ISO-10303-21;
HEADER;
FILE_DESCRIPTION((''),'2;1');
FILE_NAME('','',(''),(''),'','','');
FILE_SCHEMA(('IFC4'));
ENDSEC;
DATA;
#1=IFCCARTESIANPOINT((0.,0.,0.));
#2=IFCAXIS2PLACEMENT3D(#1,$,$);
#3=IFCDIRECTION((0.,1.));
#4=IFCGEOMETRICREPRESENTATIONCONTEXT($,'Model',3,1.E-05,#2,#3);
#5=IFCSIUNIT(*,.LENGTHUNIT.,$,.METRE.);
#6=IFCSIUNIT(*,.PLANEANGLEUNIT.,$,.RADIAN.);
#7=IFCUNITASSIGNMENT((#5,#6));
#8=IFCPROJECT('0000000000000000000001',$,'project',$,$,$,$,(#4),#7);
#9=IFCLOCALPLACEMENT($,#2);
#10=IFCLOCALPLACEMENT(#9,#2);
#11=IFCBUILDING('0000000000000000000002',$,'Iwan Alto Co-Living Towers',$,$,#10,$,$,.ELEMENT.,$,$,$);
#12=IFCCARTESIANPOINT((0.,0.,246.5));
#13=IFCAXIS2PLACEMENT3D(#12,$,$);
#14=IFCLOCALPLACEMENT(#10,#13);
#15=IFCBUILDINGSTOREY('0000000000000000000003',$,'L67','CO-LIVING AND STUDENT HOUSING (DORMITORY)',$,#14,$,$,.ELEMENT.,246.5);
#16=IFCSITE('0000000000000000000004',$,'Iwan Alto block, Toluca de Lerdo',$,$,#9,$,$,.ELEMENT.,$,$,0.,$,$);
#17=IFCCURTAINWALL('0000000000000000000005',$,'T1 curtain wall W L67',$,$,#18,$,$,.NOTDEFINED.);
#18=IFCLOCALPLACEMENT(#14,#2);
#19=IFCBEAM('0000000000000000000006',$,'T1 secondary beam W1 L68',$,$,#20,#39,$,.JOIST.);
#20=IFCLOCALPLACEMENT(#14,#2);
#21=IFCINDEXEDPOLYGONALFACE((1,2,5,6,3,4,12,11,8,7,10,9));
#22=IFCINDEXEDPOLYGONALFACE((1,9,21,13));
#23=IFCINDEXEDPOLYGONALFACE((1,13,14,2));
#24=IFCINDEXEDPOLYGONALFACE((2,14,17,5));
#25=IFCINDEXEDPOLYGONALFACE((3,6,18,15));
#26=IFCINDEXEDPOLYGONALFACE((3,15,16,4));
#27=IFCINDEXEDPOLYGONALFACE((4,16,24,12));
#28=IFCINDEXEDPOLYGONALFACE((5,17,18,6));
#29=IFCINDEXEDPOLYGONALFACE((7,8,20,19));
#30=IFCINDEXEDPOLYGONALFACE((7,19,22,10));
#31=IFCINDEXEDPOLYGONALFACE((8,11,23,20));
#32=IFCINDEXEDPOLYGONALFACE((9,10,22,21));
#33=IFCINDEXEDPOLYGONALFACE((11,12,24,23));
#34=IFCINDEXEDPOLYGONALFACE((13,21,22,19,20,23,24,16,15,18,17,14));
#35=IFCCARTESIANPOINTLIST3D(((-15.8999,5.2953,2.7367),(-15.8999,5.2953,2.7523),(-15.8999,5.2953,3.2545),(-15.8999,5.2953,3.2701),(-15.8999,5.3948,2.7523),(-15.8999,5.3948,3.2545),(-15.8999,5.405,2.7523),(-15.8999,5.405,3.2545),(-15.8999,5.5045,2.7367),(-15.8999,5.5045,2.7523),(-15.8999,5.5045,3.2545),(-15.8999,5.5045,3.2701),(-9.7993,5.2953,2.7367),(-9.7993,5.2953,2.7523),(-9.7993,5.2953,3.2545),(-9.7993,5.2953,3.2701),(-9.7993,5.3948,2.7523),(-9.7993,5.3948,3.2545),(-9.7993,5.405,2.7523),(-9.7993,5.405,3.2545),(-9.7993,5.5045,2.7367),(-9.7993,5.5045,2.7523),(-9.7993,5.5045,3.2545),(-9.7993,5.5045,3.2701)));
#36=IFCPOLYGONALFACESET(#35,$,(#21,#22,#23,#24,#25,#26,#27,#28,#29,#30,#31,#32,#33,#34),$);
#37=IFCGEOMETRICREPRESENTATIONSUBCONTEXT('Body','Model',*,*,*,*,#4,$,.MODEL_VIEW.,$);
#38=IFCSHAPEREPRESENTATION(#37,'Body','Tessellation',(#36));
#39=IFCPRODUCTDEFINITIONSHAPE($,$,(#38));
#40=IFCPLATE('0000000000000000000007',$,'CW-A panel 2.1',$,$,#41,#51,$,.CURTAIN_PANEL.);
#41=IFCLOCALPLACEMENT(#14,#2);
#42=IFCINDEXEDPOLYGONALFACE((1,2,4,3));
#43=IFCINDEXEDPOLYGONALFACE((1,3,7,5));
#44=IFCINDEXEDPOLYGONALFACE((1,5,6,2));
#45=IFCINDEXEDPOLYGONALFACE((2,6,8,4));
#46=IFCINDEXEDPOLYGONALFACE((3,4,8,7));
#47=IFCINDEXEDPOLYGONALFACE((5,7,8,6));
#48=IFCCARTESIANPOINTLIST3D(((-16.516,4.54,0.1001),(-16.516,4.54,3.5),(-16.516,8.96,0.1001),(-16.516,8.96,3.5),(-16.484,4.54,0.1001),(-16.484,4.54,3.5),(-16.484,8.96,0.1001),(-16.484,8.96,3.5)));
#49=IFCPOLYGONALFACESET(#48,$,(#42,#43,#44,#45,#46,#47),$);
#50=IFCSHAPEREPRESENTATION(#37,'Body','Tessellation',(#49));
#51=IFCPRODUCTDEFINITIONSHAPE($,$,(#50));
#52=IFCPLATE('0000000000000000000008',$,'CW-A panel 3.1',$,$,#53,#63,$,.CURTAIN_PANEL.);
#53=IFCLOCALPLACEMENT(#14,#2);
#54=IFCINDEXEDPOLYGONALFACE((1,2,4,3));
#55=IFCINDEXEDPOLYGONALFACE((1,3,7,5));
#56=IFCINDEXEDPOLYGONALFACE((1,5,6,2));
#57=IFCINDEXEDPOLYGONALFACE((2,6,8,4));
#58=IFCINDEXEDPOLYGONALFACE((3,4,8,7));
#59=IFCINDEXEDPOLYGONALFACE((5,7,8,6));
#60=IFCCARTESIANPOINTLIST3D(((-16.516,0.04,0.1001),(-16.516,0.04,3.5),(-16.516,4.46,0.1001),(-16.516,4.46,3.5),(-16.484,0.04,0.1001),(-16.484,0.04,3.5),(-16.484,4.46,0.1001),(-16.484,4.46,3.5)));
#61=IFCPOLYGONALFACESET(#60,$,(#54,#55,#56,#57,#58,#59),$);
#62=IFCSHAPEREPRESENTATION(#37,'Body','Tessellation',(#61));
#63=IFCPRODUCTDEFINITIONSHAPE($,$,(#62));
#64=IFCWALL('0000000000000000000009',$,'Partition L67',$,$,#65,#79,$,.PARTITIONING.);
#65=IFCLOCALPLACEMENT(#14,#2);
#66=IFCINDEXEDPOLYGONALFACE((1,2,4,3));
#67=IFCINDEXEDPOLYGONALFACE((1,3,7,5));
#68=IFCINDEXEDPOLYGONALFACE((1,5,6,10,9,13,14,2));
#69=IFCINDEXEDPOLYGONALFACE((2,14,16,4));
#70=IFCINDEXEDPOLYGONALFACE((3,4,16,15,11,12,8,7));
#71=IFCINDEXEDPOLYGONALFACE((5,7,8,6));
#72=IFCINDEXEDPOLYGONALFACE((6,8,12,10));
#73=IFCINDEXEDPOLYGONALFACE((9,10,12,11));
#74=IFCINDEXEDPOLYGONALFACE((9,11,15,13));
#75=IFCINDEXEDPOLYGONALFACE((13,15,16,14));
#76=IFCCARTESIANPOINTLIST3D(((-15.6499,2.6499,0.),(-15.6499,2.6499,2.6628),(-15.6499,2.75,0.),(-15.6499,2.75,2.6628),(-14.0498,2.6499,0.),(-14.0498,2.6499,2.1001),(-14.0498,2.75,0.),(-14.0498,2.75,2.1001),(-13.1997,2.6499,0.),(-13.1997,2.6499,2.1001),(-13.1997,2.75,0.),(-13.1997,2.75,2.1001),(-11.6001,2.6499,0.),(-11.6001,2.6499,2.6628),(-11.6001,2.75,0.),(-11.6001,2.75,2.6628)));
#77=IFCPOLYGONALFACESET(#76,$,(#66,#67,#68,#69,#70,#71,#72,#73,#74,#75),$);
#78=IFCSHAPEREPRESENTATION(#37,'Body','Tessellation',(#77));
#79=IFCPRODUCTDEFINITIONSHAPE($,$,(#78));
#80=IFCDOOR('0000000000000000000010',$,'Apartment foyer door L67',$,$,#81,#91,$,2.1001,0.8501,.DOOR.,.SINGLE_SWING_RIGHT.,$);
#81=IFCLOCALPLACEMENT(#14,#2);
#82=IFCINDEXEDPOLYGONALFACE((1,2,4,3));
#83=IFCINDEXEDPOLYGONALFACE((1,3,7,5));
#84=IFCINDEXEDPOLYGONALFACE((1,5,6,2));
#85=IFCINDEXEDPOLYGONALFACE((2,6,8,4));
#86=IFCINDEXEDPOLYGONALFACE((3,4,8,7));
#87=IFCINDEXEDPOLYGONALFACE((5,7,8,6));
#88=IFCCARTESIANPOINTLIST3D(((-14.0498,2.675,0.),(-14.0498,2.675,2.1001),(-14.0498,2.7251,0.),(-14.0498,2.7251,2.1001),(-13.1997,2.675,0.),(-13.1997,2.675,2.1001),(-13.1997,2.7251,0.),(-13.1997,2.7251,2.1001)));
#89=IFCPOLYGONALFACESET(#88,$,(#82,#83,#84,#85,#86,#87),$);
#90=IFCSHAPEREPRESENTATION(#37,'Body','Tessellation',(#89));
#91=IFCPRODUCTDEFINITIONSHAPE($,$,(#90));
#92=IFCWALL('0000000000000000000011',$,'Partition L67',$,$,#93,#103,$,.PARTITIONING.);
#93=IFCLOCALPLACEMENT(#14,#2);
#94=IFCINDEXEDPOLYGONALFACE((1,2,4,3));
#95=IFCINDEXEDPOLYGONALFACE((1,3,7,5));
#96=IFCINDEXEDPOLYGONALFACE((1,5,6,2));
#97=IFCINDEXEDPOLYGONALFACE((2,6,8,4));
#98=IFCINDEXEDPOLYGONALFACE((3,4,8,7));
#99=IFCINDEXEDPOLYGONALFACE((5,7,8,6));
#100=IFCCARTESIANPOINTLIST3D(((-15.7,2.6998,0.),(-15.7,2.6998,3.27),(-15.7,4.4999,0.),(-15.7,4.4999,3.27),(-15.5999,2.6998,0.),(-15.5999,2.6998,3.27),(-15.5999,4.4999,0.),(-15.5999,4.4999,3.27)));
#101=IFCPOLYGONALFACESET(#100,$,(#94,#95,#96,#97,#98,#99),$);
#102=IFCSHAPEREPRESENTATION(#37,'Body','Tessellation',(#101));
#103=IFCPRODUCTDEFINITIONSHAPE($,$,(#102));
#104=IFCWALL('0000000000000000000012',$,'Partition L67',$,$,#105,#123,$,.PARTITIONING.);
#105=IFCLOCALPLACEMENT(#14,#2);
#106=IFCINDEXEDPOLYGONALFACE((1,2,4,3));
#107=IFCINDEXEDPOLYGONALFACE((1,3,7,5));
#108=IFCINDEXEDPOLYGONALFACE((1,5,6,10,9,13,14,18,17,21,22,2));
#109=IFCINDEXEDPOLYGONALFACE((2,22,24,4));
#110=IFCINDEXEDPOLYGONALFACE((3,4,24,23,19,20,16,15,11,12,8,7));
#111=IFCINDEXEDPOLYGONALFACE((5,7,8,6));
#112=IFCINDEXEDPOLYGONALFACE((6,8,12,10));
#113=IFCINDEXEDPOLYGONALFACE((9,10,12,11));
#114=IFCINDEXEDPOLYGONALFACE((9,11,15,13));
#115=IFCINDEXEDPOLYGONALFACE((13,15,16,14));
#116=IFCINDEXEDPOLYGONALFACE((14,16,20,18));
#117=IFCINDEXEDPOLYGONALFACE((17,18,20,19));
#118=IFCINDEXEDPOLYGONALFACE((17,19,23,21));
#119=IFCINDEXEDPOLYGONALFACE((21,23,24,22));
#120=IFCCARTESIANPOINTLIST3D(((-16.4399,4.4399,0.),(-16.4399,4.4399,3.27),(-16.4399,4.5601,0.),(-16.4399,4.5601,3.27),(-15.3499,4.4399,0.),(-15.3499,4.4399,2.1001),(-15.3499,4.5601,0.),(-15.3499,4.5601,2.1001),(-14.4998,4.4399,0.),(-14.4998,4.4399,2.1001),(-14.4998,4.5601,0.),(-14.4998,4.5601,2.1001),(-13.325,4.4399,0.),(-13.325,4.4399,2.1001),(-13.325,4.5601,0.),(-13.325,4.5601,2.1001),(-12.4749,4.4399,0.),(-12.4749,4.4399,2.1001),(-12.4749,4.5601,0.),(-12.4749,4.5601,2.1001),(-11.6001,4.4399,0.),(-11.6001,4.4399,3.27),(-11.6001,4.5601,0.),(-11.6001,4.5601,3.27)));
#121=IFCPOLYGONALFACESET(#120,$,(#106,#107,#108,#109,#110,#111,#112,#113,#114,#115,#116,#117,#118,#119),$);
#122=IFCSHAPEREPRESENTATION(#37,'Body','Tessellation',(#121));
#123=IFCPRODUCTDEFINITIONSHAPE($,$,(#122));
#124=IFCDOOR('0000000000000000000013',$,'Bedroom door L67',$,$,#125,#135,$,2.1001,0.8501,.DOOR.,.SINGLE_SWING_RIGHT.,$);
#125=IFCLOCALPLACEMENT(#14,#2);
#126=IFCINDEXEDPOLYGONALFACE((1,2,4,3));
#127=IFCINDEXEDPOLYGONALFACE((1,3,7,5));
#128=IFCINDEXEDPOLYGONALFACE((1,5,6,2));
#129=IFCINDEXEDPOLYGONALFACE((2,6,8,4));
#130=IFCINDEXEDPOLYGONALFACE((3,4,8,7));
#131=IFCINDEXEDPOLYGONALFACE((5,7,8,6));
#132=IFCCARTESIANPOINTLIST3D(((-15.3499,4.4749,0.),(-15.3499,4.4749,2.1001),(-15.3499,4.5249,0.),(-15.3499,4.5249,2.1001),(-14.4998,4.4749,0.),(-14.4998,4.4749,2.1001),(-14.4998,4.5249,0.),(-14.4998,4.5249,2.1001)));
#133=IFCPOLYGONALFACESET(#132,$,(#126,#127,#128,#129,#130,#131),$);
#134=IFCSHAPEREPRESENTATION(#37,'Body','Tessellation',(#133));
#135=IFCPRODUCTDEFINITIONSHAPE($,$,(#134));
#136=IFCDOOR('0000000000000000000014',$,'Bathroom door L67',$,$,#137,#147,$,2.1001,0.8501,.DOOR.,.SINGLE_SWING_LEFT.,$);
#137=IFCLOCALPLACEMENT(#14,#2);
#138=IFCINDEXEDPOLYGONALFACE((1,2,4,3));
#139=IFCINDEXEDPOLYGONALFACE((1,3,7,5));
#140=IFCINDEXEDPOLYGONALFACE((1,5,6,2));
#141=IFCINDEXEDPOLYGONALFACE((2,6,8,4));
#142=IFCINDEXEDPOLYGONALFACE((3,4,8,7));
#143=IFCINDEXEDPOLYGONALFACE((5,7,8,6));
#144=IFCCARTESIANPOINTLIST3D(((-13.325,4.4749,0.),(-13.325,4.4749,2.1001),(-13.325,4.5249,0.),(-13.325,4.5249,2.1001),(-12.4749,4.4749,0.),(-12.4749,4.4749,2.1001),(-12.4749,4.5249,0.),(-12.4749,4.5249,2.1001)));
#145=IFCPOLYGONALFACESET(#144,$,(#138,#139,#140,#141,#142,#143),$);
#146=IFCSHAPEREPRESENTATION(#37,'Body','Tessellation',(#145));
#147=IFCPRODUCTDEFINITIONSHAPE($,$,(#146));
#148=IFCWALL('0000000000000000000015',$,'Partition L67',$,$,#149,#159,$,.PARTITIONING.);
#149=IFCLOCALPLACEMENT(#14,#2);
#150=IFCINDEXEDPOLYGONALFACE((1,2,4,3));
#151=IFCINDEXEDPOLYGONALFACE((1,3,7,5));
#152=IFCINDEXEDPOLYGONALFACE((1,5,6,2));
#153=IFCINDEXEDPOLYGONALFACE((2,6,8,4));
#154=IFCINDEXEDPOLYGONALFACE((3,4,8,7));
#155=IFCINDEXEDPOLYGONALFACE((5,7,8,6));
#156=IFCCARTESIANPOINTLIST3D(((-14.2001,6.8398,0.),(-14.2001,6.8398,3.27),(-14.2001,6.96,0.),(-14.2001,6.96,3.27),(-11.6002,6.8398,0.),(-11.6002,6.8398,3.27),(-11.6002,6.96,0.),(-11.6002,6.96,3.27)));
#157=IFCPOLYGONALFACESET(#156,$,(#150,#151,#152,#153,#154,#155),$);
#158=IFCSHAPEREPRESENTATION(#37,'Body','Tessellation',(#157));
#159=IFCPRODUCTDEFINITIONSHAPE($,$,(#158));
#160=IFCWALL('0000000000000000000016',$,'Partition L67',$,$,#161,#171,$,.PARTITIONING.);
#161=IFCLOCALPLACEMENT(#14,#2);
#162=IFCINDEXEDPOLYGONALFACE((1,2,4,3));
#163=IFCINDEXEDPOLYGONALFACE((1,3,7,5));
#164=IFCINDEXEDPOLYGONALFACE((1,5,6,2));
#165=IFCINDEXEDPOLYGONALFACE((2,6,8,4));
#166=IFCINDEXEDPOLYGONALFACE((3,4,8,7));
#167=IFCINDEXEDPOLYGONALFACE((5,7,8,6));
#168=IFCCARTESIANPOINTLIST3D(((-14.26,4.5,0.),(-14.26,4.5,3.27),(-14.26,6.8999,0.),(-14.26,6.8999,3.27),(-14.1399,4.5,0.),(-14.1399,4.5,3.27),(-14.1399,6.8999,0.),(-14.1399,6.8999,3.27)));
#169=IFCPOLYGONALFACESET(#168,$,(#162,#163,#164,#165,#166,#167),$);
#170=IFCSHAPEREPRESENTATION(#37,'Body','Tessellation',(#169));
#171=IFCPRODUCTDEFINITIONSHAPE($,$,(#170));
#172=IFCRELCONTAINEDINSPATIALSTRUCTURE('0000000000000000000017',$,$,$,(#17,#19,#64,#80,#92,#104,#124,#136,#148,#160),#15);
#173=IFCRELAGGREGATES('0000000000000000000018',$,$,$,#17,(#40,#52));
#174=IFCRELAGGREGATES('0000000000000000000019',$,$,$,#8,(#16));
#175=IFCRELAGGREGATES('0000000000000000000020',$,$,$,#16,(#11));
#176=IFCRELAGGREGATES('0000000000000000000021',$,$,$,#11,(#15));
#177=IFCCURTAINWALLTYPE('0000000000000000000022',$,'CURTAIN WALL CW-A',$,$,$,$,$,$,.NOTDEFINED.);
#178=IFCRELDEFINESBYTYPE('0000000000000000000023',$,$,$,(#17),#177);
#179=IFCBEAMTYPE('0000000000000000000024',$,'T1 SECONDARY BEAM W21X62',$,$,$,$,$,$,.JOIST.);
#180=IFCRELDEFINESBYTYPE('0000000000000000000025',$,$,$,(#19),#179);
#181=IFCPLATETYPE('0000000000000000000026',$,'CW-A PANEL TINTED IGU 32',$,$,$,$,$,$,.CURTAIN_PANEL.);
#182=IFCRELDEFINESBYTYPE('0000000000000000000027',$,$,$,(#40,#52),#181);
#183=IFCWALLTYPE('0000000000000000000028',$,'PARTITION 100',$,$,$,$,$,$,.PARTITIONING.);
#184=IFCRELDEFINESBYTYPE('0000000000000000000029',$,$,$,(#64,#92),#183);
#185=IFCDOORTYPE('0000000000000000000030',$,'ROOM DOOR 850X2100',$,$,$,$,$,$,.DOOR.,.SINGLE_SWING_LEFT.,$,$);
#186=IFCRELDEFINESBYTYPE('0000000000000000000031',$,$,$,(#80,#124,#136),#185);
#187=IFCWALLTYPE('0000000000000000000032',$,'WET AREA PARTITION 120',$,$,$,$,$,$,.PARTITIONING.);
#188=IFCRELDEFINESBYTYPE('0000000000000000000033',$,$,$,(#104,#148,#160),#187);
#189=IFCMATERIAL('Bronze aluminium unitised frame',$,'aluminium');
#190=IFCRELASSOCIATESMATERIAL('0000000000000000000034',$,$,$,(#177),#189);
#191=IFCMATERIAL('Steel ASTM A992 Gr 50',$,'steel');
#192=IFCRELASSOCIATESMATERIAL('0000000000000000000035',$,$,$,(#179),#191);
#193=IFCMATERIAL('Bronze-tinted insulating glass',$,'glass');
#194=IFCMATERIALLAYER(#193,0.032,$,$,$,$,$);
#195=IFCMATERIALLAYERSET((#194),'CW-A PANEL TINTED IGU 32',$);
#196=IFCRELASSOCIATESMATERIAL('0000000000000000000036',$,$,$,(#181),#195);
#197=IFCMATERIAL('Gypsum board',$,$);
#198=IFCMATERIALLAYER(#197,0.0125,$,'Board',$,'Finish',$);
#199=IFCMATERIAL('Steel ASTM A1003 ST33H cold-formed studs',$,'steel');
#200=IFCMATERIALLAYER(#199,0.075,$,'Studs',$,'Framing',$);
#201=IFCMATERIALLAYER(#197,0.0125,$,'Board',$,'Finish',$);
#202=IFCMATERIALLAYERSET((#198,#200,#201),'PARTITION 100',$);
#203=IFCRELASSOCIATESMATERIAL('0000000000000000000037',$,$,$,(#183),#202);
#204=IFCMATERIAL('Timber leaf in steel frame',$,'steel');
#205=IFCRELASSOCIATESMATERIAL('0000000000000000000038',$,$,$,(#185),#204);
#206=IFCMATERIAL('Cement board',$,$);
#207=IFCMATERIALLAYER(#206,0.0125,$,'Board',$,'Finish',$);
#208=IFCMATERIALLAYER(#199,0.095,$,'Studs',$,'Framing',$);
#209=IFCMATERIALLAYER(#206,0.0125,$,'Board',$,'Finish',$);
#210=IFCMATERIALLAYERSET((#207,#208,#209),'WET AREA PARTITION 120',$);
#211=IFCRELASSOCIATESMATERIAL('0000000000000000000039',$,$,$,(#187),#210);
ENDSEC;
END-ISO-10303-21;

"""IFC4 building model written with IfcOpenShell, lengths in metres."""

from ifc_helpers import new_model, si_unit, direction, frame, frame_2d, origin, origin_2d, place, context, subcontext, project, spatial, rectangle, i_section, extrude, material, layer, layer_set, material_profile, profile_set, type_object, element, fill, aggregate, save


model = new_model("IFC4")

# Units and contexts
model_context = context("Model", 3, precision=1e-05, world=origin(), true_north=direction((0.0, 1.0)))
body_context = subcontext(model_context, "Body", "Model", "MODEL_VIEW")
ifc_project = project(units=[si_unit("LENGTHUNIT", "METRE"), si_unit("PLANEANGLEUNIT", "RADIAN")], contexts=[model_context])

# Site, building, storey
site_placement = place(None, origin())
site = spatial("IfcSite", under=ifc_project, at=site_placement, Name="Iwan Alto block, Toluca de Lerdo", CompositionType="ELEMENT", RefElevation=0.0)
building_placement = place(site_placement, origin())
building = spatial("IfcBuilding", under=site, at=building_placement, Name="Iwan Alto Co-Living Towers", CompositionType="ELEMENT")
storey_placement = place(building_placement, frame((0.0, 0.0, 246.5)))
storey = spatial("IfcBuildingStorey", under=building, at=storey_placement, Name="L67", Description="CO-LIVING AND STUDENT HOUSING (DORMITORY)", CompositionType="ELEMENT", Elevation=246.5)

# Curtain wall
ifc_material_1 = material(Name="Bronze aluminium unitised frame", Category="aluminium")
curtain_wall_type = type_object("IfcCurtainWallType", Name="CURTAIN WALL CW-A", PredefinedType="NOTDEFINED", material=ifc_material_1)
curtain_wall_placement = place(storey_placement, origin())
curtain_wall = element("IfcCurtainWall", 1, at=curtain_wall_placement, inside=storey, type_object=curtain_wall_type, Name="T1 curtain wall W L67", PredefinedType="NOTDEFINED")

# Beam
ifc_material_2 = material(Name="Steel ASTM A992 Gr 50", Category="steel")
ifc_material_profile_1 = material_profile(ifc_material_2, i_section(OverallWidth=0.2092, OverallDepth=0.5334, WebThickness=0.0103, FlangeThickness=0.0156, at=origin_2d()), Name="W21X62")
ifc_profile_set_1 = profile_set([ifc_material_profile_1], Name="Steel ASTM A992 Gr 50")
beam_type_1 = type_object("IfcBeamType", Name="T1 SECONDARY BEAM W21X62", PredefinedType="JOIST", material=ifc_profile_set_1)
beam_1_placement = place(storey_placement, frame((-15.8999, 5.3999, 3.0034), z_axis=(1.0, 0.0, 0.0), x_axis=(0.0, 1.0, 0.0)))
element("IfcBeam", 2, at=beam_1_placement, inside=storey, type_object=beam_type_1, Name="T1 secondary beam W1 L68", PredefinedType="JOIST", context=body_context, shape_type="SweptSolid", body=[
    extrude(i_section(OverallWidth=0.2092, OverallDepth=0.5334, WebThickness=0.0103, FlangeThickness=0.0156, at=origin_2d()), origin(), (0.0, 0.0, 1.0), 6.1006),
])

# Plates
ifc_material_3 = material(Name="Bronze-tinted insulating glass", Category="glass")
ifc_layer_1 = layer(ifc_material_3, 0.032)
ifc_layer_set_1 = layer_set([ifc_layer_1], Name="CW-A PANEL TINTED IGU 32")
plate_type = type_object("IfcPlateType", Name="CW-A PANEL TINTED IGU 32", PredefinedType="CURTAIN_PANEL", material=ifc_layer_set_1)
plate_1_placement = place(storey_placement, frame((-16.5, 6.75, 0.1001), z_axis=(0.0, 0.0, 1.0), x_axis=(0.0, -1.0, 0.0)))
plate_1 = element("IfcPlate", 3, at=plate_1_placement, type_object=plate_type, Name="CW-A panel 2.1", PredefinedType="CURTAIN_PANEL", context=body_context, shape_type="SweptSolid", body=[
    extrude(rectangle(XDim=4.4199, YDim=0.032, at=origin_2d()), origin(), (0.0, 0.0, 1.0), 3.3999),
])
plate_2_placement = place(storey_placement, frame((-16.5, 2.25, 0.1001), z_axis=(0.0, 0.0, 1.0), x_axis=(0.0, -1.0, 0.0)))
plate_2 = element("IfcPlate", 4, at=plate_2_placement, type_object=plate_type, Name="CW-A panel 3.1", PredefinedType="CURTAIN_PANEL", context=body_context, shape_type="SweptSolid", body=[
    extrude(rectangle(XDim=4.4199, YDim=0.032, at=origin_2d()), origin(), (0.0, 0.0, 1.0), 3.3999),
])
aggregate(curtain_wall, [plate_1, plate_2])

# Wall, opening, door
ifc_material_4 = material(Name="Gypsum board")
ifc_layer_2 = layer(ifc_material_4, 0.0125, Name="Board", Category="Finish")
ifc_material_5 = material(Name="Steel ASTM A1003 ST33H cold-formed studs", Category="steel")
ifc_layer_3 = layer(ifc_material_5, 0.075, Name="Studs", Category="Framing")
ifc_layer_4 = layer(ifc_material_4, 0.0125, Name="Board", Category="Finish")
ifc_layer_set_2 = layer_set([ifc_layer_2, ifc_layer_3, ifc_layer_4], Name="PARTITION 100")
wall_type_1 = type_object("IfcWallType", Name="PARTITION 100", PredefinedType="PARTITIONING", material=ifc_layer_set_2)
wall_1_placement = place(storey_placement, frame((-15.6499, 2.7, 0.0), z_axis=(0.0, 0.0, 1.0), x_axis=(1.0, 0.0, 0.0)))
wall_1 = element("IfcWall", 5, at=wall_1_placement, inside=storey, type_object=wall_type_1, Name="Partition L67", PredefinedType="PARTITIONING", context=body_context, shape_type="SweptSolid", body=[
    extrude(rectangle(XDim=4.0498, YDim=0.1001, at=frame_2d((2.0249, 0.0))), origin(), (0.0, 0.0, 1.0), 2.6628),
])
opening_1_placement = place(wall_1_placement, frame((1.6001, 0.0, 0.0)))
opening_1 = element("IfcOpeningElement", 6, at=opening_1_placement, cuts=wall_1, PredefinedType="OPENING", context=body_context, shape_type="SweptSolid", body=[
    extrude(rectangle(XDim=0.8501, YDim=2.1001, at=frame_2d((0.425, 1.05))), frame((0.0, 0.0601, 0.0), z_axis=(0.0, -1.0, 0.0), x_axis=(1.0, 0.0, 0.0)), (0.0, 0.0, 1.0), 0.1201),
])
ifc_material_6 = material(Name="Timber leaf in steel frame", Category="steel")
door_type = type_object("IfcDoorType", Name="ROOM DOOR 850X2100", OperationType="SINGLE_SWING_LEFT", PredefinedType="DOOR", material=ifc_material_6)
door_1_placement = place(opening_1_placement, frame((0.8501, 0.0, 0.0), z_axis=(0.0, 0.0, 1.0), x_axis=(-1.0, 0.0, 0.0)))
door_1 = element("IfcDoor", 7, at=door_1_placement, inside=storey, type_object=door_type, Name="Apartment foyer door L67", OperationType="SINGLE_SWING_RIGHT", OverallHeight=2.1001, OverallWidth=0.8501, PredefinedType="DOOR", context=body_context, shape_type="SweptSolid", body=[
    extrude(rectangle(XDim=0.8501, YDim=2.1001, at=frame_2d((0.425, 1.05))), frame((0.0, 0.0249, 0.0), z_axis=(0.0, -1.0, 0.0), x_axis=(1.0, 0.0, 0.0)), (0.0, 0.0, 1.0), 0.05),
])
fill(opening_1, door_1)

# Wall
wall_2_placement = place(storey_placement, frame((-15.6499, 2.7, 0.0), z_axis=(0.0, 0.0, 1.0), x_axis=(0.0, 1.0, 0.0)))
element("IfcWall", 8, at=wall_2_placement, inside=storey, type_object=wall_type_1, Name="Partition L67", PredefinedType="PARTITIONING", context=body_context, shape_type="SweptSolid", body=[
    extrude(rectangle(XDim=1.8, YDim=0.1001, at=frame_2d((0.8999, 0.0))), origin(), (0.0, 0.0, 1.0), 3.27),
])

# Wall, openings, doors
ifc_material_7 = material(Name="Cement board")
ifc_layer_5 = layer(ifc_material_7, 0.0125, Name="Board", Category="Finish")
ifc_layer_6 = layer(ifc_material_5, 0.095, Name="Studs", Category="Framing")
ifc_layer_7 = layer(ifc_material_7, 0.0125, Name="Board", Category="Finish")
ifc_layer_set_3 = layer_set([ifc_layer_5, ifc_layer_6, ifc_layer_7], Name="WET AREA PARTITION 120")
wall_type_2 = type_object("IfcWallType", Name="WET AREA PARTITION 120", PredefinedType="PARTITIONING", material=ifc_layer_set_3)
wall_3_placement = place(storey_placement, frame((-16.4399, 4.5, 0.0), z_axis=(0.0, 0.0, 1.0), x_axis=(1.0, 0.0, 0.0)))
wall_3 = element("IfcWall", 9, at=wall_3_placement, inside=storey, type_object=wall_type_2, Name="Partition L67", PredefinedType="PARTITIONING", context=body_context, shape_type="SweptSolid", body=[
    extrude(rectangle(XDim=4.8398, YDim=0.1201, at=frame_2d((2.4199, 0.0))), origin(), (0.0, 0.0, 1.0), 3.27),
])
opening_2_placement = place(wall_3_placement, frame((1.0901, 0.0, 0.0)))
opening_2 = element("IfcOpeningElement", 10, at=opening_2_placement, cuts=wall_3, PredefinedType="OPENING", context=body_context, shape_type="SweptSolid", body=[
    extrude(rectangle(XDim=0.8501, YDim=2.1001, at=frame_2d((0.425, 1.05))), frame((0.0, 0.0701, 0.0), z_axis=(0.0, -1.0, 0.0), x_axis=(1.0, 0.0, 0.0)), (0.0, 0.0, 1.0), 0.1401),
])
opening_3_placement = place(wall_3_placement, frame((3.115, 0.0, 0.0)))
opening_3 = element("IfcOpeningElement", 11, at=opening_3_placement, cuts=wall_3, PredefinedType="OPENING", context=body_context, shape_type="SweptSolid", body=[
    extrude(rectangle(XDim=0.8501, YDim=2.1001, at=frame_2d((0.425, 1.05))), frame((0.0, 0.0701, 0.0), z_axis=(0.0, -1.0, 0.0), x_axis=(1.0, 0.0, 0.0)), (0.0, 0.0, 1.0), 0.1401),
])
door_2_placement = place(opening_2_placement, origin())
door_2 = element("IfcDoor", 12, at=door_2_placement, inside=storey, type_object=door_type, Name="Bedroom door L67", OperationType="SINGLE_SWING_RIGHT", OverallHeight=2.1001, OverallWidth=0.8501, PredefinedType="DOOR", context=body_context, shape_type="SweptSolid", body=[
    extrude(rectangle(XDim=0.8501, YDim=2.1001, at=frame_2d((0.425, 1.05))), frame((0.0, 0.0249, 0.0), z_axis=(0.0, -1.0, 0.0), x_axis=(1.0, 0.0, 0.0)), (0.0, 0.0, 1.0), 0.05),
])
fill(opening_2, door_2)
door_3_placement = place(opening_3_placement, origin())
door_3 = element("IfcDoor", 13, at=door_3_placement, inside=storey, type_object=door_type, Name="Bathroom door L67", OperationType="SINGLE_SWING_LEFT", OverallHeight=2.1001, OverallWidth=0.8501, PredefinedType="DOOR", context=body_context, shape_type="SweptSolid", body=[
    extrude(rectangle(XDim=0.8501, YDim=2.1001, at=frame_2d((0.425, 1.05))), frame((0.0, 0.0249, 0.0), z_axis=(0.0, -1.0, 0.0), x_axis=(1.0, 0.0, 0.0)), (0.0, 0.0, 1.0), 0.05),
])
fill(opening_3, door_3)

# Walls
wall_4_placement = place(storey_placement, frame((-14.2, 6.8999, 0.0), z_axis=(0.0, 0.0, 1.0), x_axis=(1.0, 0.0, 0.0)))
element("IfcWall", 14, at=wall_4_placement, inside=storey, type_object=wall_type_2, Name="Partition L67", PredefinedType="PARTITIONING", context=body_context, shape_type="SweptSolid", body=[
    extrude(rectangle(XDim=2.5999, YDim=0.1201, at=frame_2d((1.2998, 0.0))), origin(), (0.0, 0.0, 1.0), 3.27),
])
wall_5_placement = place(storey_placement, frame((-14.2, 4.5, 0.0), z_axis=(0.0, 0.0, 1.0), x_axis=(0.0, 1.0, 0.0)))
element("IfcWall", 15, at=wall_5_placement, inside=storey, type_object=wall_type_2, Name="Partition L67", PredefinedType="PARTITIONING", context=body_context, shape_type="SweptSolid", body=[
    extrude(rectangle(XDim=2.3999, YDim=0.1201, at=frame_2d((1.2, 0.0))), origin(), (0.0, 0.0, 1.0), 3.27),
])

save(model, "model.ifc")
